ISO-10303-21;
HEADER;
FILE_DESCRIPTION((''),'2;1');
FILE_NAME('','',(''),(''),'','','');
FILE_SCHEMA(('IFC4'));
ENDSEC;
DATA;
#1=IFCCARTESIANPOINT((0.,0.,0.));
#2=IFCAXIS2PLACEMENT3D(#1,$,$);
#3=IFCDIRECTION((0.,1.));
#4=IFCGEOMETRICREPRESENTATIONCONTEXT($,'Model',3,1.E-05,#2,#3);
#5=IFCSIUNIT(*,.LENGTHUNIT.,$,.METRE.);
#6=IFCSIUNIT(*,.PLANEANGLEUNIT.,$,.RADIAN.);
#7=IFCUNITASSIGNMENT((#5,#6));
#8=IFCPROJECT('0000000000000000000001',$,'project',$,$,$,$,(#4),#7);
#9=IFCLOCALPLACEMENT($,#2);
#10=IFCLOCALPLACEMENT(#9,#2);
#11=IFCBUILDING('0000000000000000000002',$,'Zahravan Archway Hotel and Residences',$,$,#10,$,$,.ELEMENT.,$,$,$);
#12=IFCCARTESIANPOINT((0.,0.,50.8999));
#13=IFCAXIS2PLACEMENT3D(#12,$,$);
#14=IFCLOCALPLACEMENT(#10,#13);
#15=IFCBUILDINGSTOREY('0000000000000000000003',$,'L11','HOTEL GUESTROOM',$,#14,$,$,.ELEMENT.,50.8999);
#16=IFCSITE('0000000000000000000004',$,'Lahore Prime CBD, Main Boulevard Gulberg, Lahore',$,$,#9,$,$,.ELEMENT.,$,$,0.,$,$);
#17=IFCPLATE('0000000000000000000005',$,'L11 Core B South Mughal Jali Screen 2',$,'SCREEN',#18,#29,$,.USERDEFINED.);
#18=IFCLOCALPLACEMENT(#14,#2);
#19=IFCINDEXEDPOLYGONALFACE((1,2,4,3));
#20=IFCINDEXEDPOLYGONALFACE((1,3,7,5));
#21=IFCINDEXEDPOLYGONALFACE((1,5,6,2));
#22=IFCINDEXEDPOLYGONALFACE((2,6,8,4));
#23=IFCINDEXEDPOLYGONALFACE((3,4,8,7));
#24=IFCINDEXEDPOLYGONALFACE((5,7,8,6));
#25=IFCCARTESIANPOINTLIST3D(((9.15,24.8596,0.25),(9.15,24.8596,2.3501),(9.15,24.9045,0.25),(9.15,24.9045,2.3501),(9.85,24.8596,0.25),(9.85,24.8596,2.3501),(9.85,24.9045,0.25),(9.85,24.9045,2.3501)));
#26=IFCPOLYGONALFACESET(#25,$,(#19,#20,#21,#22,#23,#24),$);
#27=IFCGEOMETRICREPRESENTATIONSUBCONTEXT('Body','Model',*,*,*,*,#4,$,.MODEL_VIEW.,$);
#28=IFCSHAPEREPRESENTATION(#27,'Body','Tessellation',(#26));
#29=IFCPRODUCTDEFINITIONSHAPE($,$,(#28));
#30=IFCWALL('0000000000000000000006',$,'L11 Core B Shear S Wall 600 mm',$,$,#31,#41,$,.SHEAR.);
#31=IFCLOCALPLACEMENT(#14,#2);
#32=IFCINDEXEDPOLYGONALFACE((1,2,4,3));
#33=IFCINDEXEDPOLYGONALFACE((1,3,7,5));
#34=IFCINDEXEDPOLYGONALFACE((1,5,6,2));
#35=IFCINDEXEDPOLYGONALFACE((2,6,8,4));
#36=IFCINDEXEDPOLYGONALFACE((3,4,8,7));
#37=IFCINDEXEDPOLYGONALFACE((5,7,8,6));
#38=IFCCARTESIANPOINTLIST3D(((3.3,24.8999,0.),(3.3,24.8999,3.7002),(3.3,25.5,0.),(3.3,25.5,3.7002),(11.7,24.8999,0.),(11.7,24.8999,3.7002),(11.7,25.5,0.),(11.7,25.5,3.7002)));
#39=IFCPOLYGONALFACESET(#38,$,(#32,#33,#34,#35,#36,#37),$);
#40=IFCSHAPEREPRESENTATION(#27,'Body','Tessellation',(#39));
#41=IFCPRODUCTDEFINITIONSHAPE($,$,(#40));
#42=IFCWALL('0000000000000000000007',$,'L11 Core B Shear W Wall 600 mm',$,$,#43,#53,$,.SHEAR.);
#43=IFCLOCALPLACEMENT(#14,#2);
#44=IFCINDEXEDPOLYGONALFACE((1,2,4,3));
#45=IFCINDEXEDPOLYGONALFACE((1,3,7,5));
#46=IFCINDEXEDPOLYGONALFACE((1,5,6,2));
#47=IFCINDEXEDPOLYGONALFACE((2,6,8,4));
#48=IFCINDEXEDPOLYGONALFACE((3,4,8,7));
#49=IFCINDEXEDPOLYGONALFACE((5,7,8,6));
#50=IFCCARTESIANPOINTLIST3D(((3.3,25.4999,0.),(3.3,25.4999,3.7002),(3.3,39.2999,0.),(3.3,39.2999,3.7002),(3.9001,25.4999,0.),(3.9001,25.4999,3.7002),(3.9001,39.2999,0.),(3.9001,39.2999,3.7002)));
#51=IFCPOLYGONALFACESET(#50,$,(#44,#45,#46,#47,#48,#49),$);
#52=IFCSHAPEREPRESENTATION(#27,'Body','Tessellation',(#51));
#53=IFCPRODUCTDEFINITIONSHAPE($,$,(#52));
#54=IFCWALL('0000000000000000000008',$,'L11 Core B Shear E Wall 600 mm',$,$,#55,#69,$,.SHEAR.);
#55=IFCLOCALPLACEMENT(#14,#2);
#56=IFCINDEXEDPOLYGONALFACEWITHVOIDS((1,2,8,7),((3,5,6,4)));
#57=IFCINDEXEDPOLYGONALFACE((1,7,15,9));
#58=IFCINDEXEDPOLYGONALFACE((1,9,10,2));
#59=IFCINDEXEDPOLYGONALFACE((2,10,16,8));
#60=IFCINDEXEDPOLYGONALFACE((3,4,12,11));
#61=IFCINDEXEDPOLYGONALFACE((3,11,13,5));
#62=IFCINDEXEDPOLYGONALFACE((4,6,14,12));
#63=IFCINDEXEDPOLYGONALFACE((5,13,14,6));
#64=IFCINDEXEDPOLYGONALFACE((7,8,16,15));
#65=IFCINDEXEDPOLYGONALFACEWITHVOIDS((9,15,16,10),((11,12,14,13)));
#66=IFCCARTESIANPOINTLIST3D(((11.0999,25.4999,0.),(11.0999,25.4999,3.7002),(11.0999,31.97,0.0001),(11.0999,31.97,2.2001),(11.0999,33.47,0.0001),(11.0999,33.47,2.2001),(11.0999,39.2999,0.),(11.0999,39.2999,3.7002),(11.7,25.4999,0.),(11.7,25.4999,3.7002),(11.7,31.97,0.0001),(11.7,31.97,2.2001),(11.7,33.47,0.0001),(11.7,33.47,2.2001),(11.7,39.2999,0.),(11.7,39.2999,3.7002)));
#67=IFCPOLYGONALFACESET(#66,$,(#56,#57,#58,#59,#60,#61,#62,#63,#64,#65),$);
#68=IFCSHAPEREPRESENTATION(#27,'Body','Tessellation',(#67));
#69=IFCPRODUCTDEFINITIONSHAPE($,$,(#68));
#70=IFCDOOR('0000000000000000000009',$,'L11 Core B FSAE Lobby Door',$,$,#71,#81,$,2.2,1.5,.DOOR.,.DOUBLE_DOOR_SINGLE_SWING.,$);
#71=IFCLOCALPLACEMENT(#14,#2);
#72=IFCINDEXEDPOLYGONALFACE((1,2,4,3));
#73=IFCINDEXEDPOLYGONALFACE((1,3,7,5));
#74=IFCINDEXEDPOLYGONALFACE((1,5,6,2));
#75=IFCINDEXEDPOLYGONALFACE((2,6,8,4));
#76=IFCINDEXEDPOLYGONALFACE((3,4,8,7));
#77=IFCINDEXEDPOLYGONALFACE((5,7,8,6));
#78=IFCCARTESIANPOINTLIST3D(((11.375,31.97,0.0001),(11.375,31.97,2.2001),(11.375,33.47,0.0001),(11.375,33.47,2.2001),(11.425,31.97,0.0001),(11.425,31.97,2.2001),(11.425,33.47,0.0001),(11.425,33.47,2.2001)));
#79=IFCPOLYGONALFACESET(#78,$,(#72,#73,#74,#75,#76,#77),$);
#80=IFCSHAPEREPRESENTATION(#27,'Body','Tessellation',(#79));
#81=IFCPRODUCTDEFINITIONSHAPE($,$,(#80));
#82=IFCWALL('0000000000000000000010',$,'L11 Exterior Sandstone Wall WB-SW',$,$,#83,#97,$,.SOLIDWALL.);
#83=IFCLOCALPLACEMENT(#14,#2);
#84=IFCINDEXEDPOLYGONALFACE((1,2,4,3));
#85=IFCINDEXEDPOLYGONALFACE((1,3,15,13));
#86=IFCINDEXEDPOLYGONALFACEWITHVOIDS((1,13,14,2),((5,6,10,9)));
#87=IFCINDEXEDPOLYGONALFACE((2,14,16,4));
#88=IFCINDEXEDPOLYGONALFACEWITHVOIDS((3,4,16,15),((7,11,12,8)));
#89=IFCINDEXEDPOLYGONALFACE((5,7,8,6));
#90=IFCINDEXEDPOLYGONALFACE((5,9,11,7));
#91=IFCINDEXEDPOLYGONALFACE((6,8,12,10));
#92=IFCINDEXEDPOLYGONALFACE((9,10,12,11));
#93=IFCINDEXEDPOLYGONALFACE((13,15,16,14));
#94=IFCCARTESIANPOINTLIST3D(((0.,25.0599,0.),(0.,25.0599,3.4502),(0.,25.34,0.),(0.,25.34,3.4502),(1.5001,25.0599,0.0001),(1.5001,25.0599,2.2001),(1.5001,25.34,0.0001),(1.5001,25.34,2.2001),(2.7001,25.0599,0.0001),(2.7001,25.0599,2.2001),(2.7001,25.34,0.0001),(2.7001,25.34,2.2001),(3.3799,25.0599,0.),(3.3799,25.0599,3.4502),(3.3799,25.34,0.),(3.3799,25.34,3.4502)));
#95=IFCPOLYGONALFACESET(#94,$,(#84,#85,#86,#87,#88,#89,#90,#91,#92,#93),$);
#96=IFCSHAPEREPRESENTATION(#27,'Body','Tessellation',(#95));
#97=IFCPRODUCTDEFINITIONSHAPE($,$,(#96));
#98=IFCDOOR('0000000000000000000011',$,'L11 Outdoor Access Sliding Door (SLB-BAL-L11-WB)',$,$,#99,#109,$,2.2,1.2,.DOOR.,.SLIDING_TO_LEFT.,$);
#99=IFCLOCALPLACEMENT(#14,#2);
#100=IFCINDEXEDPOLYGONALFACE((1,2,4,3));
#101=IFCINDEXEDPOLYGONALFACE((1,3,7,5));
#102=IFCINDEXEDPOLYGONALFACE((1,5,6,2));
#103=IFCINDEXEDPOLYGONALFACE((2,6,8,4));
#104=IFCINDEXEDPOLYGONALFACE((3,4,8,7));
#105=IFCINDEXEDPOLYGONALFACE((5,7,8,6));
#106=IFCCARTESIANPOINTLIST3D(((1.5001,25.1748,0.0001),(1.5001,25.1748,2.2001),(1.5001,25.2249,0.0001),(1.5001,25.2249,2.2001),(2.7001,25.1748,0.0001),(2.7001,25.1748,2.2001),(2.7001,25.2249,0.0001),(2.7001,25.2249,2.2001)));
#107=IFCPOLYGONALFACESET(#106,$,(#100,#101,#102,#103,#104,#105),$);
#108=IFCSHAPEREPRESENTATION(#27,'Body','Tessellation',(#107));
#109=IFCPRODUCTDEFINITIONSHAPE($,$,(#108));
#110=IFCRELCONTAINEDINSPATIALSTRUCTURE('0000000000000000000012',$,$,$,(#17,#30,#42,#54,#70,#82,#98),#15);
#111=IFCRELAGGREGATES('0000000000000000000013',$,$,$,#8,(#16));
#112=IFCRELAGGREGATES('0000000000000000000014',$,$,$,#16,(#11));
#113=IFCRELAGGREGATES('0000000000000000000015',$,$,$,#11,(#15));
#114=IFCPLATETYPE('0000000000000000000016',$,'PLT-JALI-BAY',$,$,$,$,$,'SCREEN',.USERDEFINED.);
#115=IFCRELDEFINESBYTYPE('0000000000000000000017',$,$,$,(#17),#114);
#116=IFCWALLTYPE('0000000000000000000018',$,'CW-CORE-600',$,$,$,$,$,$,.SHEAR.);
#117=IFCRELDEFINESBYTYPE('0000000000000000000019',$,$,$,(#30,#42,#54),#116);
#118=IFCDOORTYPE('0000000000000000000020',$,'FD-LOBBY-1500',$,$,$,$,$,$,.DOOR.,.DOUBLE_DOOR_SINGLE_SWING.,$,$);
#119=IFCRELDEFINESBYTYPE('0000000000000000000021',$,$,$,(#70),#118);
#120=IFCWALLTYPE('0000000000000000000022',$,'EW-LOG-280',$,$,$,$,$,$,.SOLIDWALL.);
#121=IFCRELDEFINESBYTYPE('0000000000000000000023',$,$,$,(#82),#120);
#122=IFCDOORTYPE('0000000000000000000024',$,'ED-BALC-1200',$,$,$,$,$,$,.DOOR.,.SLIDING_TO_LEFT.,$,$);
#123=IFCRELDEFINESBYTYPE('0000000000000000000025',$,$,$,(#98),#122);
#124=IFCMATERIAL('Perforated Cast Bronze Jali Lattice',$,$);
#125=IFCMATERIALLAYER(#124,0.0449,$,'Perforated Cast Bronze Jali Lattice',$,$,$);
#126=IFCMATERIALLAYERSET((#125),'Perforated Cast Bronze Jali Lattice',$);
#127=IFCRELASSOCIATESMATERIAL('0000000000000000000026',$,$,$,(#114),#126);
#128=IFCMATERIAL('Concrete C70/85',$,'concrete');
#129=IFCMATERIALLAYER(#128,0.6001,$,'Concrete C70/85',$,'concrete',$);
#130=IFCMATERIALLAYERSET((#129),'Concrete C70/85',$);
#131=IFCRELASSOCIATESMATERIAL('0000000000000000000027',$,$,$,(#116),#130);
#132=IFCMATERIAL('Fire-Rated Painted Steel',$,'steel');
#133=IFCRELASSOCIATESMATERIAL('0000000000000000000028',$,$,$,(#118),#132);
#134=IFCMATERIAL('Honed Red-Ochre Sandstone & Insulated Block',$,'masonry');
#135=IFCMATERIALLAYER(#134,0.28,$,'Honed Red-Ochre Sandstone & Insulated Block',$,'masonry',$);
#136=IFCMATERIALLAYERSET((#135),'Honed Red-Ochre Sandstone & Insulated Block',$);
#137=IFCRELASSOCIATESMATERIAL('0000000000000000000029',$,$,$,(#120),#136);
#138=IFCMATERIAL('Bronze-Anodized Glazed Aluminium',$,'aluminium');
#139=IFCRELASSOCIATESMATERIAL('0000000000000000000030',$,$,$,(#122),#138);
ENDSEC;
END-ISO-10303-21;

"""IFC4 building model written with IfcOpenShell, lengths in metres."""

from ifc_helpers import new_model, si_unit, direction, frame, frame_2d, origin, origin_2d, place, context, subcontext, project, spatial, rectangle, extrude, source, transform, mapped, material, layer, layer_set, type_object, type_shapes, element, fill, save


model = new_model("IFC4")

# Units and contexts
model_context = context("Model", 3, precision=1e-05, world=origin(), true_north=direction((0.0, 1.0)))
body_context = subcontext(model_context, "Body", "Model", "MODEL_VIEW")
ifc_project = project(units=[si_unit("LENGTHUNIT", "METRE"), si_unit("PLANEANGLEUNIT", "RADIAN")], contexts=[model_context])

# Site, building, storey
site_placement = place(None, origin())
site = spatial("IfcSite", under=ifc_project, at=site_placement, Name="Lahore Prime CBD, Main Boulevard Gulberg, Lahore", CompositionType="ELEMENT", RefElevation=0.0)
building_placement = place(site_placement, origin())
building = spatial("IfcBuilding", under=site, at=building_placement, Name="Zahravan Archway Hotel and Residences", CompositionType="ELEMENT")
storey_placement = place(building_placement, frame((0.0, 0.0, 50.8999)))
storey = spatial("IfcBuildingStorey", under=building, at=storey_placement, Name="L11", Description="HOTEL GUESTROOM", CompositionType="ELEMENT", Elevation=50.8999)

# Shared definitions
ifc_material_1 = material(Name="Concrete C70/85", Category="concrete")

# Plate
ifc_material_2 = material(Name="Perforated Cast Bronze Jali Lattice")
ifc_layer_1 = layer(ifc_material_2, 0.0449, Name="Perforated Cast Bronze Jali Lattice")
ifc_layer_set_1 = layer_set([ifc_layer_1], Name="Perforated Cast Bronze Jali Lattice")
plate_type = type_object("IfcPlateType", Name="PLT-JALI-BAY", ElementType="SCREEN", PredefinedType="USERDEFINED", material=ifc_layer_set_1)
shared_shape_1 = source(origin(), body_context, "Body", "SweptSolid", [
    extrude(rectangle(XDim=0.7, YDim=0.0449, at=origin_2d()), origin(), (0.0, 0.0, 1.0), 2.1001),
])
type_shapes(plate_type, [shared_shape_1])
for number, where, z_axis, x_axis, name in (
    (1, (9.5, 24.8821, 0.25), (0.0, 0.0, 1.0), (1.0, 0.0, 0.0), "L11 Core B South Mughal Jali Screen 2"),
):
    element("IfcPlate", number, at=place(storey_placement, frame(where, z_axis=z_axis, x_axis=x_axis)), inside=storey, type_object=plate_type, Name=name, ObjectType="SCREEN", PredefinedType="USERDEFINED", context=body_context, shape_type="MappedRepresentation", body=[
        mapped(shared_shape_1, transform((0.0, 0.0, 0.0), scale=1.0)),
    ])

# Walls
ifc_layer_2 = layer(ifc_material_1, 0.6001, Name="Concrete C70/85", Category="concrete")
ifc_layer_set_2 = layer_set([ifc_layer_2], Name="Concrete C70/85")
wall_type_1 = type_object("IfcWallType", Name="CW-CORE-600", PredefinedType="SHEAR", material=ifc_layer_set_2)
wall_1_placement = place(storey_placement, frame((3.3, 25.2, 0.0), z_axis=(0.0, 0.0, 1.0), x_axis=(1.0, 0.0, 0.0)))
element("IfcWall", 2, at=wall_1_placement, inside=storey, type_object=wall_type_1, Name="L11 Core B Shear S Wall 600 mm", PredefinedType="SHEAR", context=body_context, shape_type="SweptSolid", body=[
    extrude(rectangle(XDim=8.3999, YDim=0.6001, at=frame_2d((4.2, 0.0))), origin(), (0.0, 0.0, 1.0), 3.7002),
])
wall_2_placement = place(storey_placement, frame((3.6001, 25.5, 0.0), z_axis=(0.0, 0.0, 1.0), x_axis=(0.0, 1.0, 0.0)))
element("IfcWall", 3, at=wall_2_placement, inside=storey, type_object=wall_type_1, Name="L11 Core B Shear W Wall 600 mm", PredefinedType="SHEAR", context=body_context, shape_type="SweptSolid", body=[
    extrude(rectangle(XDim=13.8, YDim=0.6001, at=frame_2d((6.8999, 0.0))), origin(), (0.0, 0.0, 1.0), 3.7002),
])

# Walls, openings, doors
wall_3_placement = place(storey_placement, frame((11.3999, 25.5, 0.0), z_axis=(0.0, 0.0, 1.0), x_axis=(0.0, 1.0, 0.0)))
wall_3 = element("IfcWall", 4, at=wall_3_placement, inside=storey, type_object=wall_type_1, Name="L11 Core B Shear E Wall 600 mm", PredefinedType="SHEAR", context=body_context, shape_type="SweptSolid", body=[
    extrude(rectangle(XDim=13.8, YDim=0.6001, at=frame_2d((6.8999, 0.0))), origin(), (0.0, 0.0, 1.0), 3.7002),
])
opening_1_placement = place(wall_3_placement, frame((6.47, 0.0, 0.0)))
opening_1 = element("IfcOpeningElement", 5, at=opening_1_placement, cuts=wall_3, PredefinedType="OPENING", context=body_context, shape_type="SweptSolid", body=[
    extrude(rectangle(XDim=1.5, YDim=2.2, at=frame_2d((0.75, 1.1001))), frame((0.0, 0.3101, 0.0), z_axis=(0.0, -1.0, 0.0), x_axis=(1.0, 0.0, 0.0)), (0.0, 0.0, 1.0), 0.6201),
])
ifc_material_3 = material(Name="Fire-Rated Painted Steel", Category="steel")
door_type_1 = type_object("IfcDoorType", Name="FD-LOBBY-1500", OperationType="DOUBLE_DOOR_SINGLE_SWING", PredefinedType="DOOR", material=ifc_material_3)
shared_shape_2 = source(origin(), body_context, "Body", "SweptSolid", [
    extrude(rectangle(XDim=1.5, YDim=2.2, at=frame_2d((0.75, 1.1001))), frame((0.0, 0.0249, 0.0), z_axis=(0.0, -1.0, 0.0), x_axis=(1.0, 0.0, 0.0)), (0.0, 0.0, 1.0), 0.05),
])
type_shapes(door_type_1, [shared_shape_2])
door_1_placement = place(opening_1_placement, origin())
door_1 = element("IfcDoor", 6, at=door_1_placement, inside=storey, type_object=door_type_1, Name="L11 Core B FSAE Lobby Door", OperationType="DOUBLE_DOOR_SINGLE_SWING", OverallHeight=2.2, OverallWidth=1.5, PredefinedType="DOOR", context=body_context, shape_type="MappedRepresentation", body=[
    mapped(shared_shape_2, transform((0.0, 0.0, 0.0), scale=1.0)),
])
fill(opening_1, door_1)
ifc_material_4 = material(Name="Honed Red-Ochre Sandstone & Insulated Block", Category="masonry")
ifc_layer_3 = layer(ifc_material_4, 0.28, Name="Honed Red-Ochre Sandstone & Insulated Block", Category="masonry")
ifc_layer_set_3 = layer_set([ifc_layer_3], Name="Honed Red-Ochre Sandstone & Insulated Block")
wall_type_2 = type_object("IfcWallType", Name="EW-LOG-280", PredefinedType="SOLIDWALL", material=ifc_layer_set_3)
wall_4_placement = place(storey_placement, frame((0.0, 25.2, 0.0), z_axis=(0.0, 0.0, 1.0), x_axis=(1.0, 0.0, 0.0)))
wall_4 = element("IfcWall", 7, at=wall_4_placement, inside=storey, type_object=wall_type_2, Name="L11 Exterior Sandstone Wall WB-SW", PredefinedType="SOLIDWALL", context=body_context, shape_type="SweptSolid", body=[
    extrude(rectangle(XDim=3.3799, YDim=0.28, at=frame_2d((1.6899, 0.0))), origin(), (0.0, 0.0, 1.0), 3.4502),
])
opening_2_placement = place(wall_4_placement, frame((1.5, 0.0, 0.0)))
opening_2 = element("IfcOpeningElement", 8, at=opening_2_placement, cuts=wall_4, PredefinedType="OPENING", context=body_context, shape_type="SweptSolid", body=[
    extrude(rectangle(XDim=1.2, YDim=2.2, at=frame_2d((0.6001, 1.1001))), frame((0.0, 0.1499, 0.0), z_axis=(0.0, -1.0, 0.0), x_axis=(1.0, 0.0, 0.0)), (0.0, 0.0, 1.0), 0.3),
])
ifc_material_5 = material(Name="Bronze-Anodized Glazed Aluminium", Category="aluminium")
door_type_2 = type_object("IfcDoorType", Name="ED-BALC-1200", OperationType="SLIDING_TO_LEFT", PredefinedType="DOOR", material=ifc_material_5)
shared_shape_3 = source(origin(), body_context, "Body", "SweptSolid", [
    extrude(rectangle(XDim=1.2, YDim=2.2, at=frame_2d((0.6001, 1.1001))), frame((0.0, 0.0249, 0.0), z_axis=(0.0, -1.0, 0.0), x_axis=(1.0, 0.0, 0.0)), (0.0, 0.0, 1.0), 0.05),
])
type_shapes(door_type_2, [shared_shape_3])
door_2_placement = place(opening_2_placement, origin())
door_2 = element("IfcDoor", 9, at=door_2_placement, inside=storey, type_object=door_type_2, Name="L11 Outdoor Access Sliding Door (SLB-BAL-L11-WB)", OperationType="SLIDING_TO_LEFT", OverallHeight=2.2, OverallWidth=1.2, PredefinedType="DOOR", context=body_context, shape_type="MappedRepresentation", body=[
    mapped(shared_shape_3, transform((0.0, 0.0, 0.0), scale=1.0)),
])
fill(opening_2, door_2)

save(model, "model.ifc")
